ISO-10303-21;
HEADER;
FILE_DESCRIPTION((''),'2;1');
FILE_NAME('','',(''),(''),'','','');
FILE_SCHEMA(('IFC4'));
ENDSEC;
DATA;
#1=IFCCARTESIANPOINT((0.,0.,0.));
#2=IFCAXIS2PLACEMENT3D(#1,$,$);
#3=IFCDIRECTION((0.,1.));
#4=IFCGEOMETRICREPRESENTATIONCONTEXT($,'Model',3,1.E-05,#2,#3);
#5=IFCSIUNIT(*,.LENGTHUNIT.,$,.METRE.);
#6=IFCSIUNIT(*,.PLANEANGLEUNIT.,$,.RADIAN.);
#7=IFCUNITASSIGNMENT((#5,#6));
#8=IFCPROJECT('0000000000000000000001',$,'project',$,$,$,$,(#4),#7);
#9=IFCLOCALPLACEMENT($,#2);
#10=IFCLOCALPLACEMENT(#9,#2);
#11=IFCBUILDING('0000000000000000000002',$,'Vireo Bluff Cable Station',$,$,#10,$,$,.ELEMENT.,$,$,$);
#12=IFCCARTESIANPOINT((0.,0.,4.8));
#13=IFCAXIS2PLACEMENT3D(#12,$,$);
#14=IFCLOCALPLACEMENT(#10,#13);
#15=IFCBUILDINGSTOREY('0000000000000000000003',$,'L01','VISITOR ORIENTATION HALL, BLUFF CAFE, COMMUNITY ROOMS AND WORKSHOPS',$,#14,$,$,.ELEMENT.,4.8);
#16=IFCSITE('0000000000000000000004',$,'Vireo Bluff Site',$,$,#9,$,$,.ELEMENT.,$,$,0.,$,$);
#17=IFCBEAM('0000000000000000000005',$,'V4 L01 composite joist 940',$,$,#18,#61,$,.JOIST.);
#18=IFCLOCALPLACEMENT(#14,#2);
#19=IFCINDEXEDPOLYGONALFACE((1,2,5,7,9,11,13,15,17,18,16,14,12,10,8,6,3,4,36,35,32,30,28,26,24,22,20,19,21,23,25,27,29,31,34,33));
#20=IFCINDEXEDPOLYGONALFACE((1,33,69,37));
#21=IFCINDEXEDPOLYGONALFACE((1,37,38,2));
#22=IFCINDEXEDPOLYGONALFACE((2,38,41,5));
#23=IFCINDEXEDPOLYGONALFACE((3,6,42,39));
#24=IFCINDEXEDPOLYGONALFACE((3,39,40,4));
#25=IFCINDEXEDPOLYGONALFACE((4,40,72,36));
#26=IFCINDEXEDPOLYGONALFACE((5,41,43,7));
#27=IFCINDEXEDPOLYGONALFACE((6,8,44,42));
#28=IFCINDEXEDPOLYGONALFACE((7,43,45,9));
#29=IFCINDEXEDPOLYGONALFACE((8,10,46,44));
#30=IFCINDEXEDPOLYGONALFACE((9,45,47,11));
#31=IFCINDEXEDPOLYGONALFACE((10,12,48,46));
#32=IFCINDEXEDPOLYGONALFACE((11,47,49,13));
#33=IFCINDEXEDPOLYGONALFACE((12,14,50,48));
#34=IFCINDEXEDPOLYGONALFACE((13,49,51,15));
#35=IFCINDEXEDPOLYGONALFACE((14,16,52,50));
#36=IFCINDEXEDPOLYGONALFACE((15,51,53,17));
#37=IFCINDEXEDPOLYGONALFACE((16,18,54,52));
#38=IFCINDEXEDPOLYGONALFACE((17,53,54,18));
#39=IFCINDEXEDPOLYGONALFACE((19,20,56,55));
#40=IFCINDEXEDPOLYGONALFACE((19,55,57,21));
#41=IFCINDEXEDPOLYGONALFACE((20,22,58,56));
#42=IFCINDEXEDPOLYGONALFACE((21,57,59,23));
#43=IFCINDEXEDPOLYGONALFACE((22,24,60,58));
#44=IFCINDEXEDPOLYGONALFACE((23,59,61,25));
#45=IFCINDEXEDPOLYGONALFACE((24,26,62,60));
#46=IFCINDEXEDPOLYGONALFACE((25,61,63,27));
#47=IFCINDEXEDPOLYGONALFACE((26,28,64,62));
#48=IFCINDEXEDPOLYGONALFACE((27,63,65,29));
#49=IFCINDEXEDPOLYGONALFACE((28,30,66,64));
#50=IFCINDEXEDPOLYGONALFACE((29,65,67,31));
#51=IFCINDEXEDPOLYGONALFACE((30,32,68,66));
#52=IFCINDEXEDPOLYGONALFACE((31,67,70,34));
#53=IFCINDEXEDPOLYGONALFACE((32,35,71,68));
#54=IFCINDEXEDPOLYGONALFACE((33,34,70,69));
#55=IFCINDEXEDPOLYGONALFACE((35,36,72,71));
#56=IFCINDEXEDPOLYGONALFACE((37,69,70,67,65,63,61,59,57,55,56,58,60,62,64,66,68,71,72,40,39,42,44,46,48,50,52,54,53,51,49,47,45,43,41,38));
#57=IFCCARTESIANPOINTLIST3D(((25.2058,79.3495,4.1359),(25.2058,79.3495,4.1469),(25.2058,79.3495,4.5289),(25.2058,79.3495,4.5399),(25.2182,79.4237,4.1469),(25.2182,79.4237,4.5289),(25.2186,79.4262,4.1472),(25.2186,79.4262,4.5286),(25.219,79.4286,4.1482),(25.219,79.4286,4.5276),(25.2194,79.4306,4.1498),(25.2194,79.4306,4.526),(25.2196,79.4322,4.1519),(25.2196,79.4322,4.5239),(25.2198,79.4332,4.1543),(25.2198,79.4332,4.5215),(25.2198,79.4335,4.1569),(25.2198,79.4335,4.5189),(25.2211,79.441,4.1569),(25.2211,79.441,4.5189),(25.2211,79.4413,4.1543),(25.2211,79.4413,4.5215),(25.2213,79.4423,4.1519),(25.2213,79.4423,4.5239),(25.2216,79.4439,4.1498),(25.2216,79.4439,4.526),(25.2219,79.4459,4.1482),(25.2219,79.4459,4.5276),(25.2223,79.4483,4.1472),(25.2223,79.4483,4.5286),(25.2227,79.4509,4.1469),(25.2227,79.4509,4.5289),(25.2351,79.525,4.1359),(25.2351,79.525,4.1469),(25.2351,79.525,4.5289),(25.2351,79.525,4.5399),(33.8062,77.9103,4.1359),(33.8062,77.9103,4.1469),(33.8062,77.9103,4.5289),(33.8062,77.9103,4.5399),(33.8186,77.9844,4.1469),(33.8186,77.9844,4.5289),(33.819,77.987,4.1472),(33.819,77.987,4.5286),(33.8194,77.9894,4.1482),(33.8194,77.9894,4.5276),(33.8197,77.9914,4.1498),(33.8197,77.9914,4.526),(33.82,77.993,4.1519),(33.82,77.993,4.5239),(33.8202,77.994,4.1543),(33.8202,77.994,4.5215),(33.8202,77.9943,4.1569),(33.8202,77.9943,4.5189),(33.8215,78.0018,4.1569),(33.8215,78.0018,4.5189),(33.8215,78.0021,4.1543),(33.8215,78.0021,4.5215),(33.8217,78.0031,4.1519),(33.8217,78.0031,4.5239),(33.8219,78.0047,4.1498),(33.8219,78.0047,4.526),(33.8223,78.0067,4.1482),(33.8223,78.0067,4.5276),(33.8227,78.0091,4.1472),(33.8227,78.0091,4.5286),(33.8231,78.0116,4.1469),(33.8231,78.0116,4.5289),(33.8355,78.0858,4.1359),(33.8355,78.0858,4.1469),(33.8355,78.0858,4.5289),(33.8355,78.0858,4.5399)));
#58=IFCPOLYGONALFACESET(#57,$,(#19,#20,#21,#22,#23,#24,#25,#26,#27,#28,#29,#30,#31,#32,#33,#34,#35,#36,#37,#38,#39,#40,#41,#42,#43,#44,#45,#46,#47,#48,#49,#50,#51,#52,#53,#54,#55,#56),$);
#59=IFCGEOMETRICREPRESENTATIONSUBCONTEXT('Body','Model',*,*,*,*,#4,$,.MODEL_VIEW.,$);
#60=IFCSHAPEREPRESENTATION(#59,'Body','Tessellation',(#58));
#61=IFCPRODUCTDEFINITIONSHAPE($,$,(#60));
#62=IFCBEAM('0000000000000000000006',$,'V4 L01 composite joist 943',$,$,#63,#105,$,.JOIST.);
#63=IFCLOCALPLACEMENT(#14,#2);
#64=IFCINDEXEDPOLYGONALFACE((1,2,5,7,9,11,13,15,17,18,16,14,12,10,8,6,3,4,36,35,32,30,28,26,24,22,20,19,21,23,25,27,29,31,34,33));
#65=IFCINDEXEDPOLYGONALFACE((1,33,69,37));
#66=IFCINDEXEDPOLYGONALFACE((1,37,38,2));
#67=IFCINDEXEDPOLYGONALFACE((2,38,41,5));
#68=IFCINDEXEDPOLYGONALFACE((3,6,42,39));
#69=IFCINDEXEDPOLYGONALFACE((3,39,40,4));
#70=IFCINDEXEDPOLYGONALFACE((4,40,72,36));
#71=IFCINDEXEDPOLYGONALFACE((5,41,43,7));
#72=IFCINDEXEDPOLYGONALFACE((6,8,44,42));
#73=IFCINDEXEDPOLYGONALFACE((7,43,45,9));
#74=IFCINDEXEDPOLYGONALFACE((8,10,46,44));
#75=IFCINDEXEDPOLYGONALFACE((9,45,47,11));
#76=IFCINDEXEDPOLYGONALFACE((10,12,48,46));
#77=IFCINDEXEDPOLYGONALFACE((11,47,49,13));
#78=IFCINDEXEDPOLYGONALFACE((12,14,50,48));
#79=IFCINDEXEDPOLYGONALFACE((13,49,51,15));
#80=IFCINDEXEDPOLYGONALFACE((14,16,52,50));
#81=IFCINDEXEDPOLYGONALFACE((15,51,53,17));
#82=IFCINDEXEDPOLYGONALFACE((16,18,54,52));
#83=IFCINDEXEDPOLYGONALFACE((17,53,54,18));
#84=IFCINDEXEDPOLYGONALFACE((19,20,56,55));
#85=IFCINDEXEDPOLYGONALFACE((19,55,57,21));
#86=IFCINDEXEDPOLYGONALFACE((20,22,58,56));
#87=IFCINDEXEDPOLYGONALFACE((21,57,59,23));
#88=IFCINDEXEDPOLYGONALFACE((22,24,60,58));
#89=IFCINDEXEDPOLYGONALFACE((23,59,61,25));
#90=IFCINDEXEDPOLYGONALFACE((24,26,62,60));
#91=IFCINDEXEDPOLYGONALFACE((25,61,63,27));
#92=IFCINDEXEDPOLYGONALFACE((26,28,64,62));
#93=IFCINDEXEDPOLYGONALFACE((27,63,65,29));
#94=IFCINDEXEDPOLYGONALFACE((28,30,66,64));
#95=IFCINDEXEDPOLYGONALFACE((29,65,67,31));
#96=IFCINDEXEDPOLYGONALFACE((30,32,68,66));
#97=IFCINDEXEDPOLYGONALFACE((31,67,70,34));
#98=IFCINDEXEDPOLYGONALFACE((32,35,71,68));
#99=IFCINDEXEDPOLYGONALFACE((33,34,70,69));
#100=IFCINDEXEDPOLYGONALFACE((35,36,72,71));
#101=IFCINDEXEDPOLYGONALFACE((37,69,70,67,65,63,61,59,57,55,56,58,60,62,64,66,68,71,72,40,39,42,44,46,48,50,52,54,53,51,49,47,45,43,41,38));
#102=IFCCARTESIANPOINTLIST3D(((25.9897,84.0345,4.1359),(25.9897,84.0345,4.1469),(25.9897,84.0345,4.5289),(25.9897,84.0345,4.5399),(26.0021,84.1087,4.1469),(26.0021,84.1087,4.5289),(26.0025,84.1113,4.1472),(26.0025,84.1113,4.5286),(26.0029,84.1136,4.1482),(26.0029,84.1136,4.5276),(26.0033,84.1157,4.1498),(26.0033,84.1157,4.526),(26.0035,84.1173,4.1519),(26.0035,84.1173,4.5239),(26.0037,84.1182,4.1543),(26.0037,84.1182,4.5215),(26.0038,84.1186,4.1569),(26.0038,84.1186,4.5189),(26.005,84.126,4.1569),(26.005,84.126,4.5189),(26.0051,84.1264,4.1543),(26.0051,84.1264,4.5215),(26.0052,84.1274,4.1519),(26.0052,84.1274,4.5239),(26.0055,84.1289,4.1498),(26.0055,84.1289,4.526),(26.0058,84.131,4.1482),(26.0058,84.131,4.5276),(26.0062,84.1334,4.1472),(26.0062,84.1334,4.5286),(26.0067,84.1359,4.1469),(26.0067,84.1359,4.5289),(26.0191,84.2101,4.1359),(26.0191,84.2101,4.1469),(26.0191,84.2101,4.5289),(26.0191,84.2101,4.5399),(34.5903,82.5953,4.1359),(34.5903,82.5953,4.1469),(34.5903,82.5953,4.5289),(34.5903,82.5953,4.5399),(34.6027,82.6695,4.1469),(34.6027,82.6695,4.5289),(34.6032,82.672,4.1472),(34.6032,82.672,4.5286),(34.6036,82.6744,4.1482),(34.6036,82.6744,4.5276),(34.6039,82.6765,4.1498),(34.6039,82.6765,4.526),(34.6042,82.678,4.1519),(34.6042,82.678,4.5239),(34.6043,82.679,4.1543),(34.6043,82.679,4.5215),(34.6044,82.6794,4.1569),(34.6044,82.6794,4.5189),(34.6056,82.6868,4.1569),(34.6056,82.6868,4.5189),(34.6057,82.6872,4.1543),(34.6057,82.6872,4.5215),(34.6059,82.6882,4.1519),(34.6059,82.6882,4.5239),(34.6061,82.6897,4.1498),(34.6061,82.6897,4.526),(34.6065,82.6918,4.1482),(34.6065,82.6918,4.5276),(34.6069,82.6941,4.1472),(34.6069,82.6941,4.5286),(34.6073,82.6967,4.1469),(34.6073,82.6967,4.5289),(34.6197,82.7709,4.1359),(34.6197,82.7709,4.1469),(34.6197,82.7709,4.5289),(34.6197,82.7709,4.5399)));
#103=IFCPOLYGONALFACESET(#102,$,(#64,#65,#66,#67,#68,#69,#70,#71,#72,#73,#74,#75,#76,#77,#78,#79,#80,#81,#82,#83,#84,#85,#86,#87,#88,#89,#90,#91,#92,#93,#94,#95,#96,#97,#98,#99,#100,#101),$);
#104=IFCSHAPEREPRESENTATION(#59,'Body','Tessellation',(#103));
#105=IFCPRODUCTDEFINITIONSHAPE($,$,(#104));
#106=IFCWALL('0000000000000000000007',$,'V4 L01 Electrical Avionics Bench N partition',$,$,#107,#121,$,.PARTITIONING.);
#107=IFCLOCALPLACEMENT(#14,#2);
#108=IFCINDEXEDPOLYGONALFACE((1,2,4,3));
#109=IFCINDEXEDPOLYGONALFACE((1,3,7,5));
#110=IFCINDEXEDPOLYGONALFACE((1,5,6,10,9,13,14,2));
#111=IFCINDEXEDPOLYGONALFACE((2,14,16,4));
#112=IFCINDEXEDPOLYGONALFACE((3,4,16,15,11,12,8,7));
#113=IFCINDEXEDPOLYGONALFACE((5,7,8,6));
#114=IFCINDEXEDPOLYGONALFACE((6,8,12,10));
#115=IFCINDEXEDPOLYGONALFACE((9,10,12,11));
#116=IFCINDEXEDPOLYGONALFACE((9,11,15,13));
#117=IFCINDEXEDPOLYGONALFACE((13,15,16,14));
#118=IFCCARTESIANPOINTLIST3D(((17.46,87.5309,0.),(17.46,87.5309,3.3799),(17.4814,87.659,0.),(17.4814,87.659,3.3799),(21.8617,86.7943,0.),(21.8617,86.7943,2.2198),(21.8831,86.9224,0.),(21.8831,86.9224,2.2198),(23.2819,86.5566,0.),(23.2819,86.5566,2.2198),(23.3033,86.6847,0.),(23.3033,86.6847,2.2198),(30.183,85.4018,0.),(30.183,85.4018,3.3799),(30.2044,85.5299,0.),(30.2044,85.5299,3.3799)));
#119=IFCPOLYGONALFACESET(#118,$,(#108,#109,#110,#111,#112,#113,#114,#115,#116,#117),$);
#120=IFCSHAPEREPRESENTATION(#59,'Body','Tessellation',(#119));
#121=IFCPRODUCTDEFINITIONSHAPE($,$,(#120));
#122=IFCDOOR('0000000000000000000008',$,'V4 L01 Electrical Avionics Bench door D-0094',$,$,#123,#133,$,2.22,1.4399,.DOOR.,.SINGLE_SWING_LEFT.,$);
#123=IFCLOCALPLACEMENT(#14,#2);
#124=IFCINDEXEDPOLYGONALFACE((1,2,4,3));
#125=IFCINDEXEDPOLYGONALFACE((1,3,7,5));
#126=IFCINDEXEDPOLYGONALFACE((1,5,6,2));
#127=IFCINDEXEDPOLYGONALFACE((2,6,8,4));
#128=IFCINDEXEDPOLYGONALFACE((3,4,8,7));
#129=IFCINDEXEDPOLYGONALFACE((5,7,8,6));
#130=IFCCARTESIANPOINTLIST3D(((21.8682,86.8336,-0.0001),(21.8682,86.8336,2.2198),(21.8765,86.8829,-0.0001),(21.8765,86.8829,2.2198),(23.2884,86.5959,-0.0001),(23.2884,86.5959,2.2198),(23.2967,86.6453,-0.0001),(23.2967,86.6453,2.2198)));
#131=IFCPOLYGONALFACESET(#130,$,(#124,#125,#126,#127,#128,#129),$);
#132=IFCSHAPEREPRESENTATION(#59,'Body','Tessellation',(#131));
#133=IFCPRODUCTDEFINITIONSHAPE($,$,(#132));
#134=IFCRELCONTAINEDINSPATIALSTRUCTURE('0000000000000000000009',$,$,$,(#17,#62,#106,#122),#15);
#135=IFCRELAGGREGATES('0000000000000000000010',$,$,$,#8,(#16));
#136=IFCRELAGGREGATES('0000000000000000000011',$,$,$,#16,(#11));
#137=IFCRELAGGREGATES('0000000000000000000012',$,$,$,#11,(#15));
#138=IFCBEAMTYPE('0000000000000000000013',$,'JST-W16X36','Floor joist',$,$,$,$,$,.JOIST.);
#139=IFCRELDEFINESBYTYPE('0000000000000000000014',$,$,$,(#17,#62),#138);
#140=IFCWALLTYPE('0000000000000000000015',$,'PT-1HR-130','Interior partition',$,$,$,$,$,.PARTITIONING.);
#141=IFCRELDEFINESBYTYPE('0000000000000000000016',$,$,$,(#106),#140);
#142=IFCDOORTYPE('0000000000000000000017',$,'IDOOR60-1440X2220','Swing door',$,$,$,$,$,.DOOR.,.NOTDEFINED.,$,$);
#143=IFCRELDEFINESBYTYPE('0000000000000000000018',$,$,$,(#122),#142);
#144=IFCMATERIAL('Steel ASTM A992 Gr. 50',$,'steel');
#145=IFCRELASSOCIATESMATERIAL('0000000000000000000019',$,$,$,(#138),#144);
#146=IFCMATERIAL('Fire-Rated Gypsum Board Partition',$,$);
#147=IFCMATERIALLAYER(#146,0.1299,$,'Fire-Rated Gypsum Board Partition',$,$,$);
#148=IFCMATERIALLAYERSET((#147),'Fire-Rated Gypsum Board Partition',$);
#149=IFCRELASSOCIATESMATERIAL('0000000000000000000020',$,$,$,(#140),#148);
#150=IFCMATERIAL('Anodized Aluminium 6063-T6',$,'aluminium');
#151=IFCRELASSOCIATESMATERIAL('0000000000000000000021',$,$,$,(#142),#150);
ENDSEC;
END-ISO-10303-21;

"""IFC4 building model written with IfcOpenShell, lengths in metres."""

from ifc_helpers import new_model, si_unit, direction, frame, frame_2d, origin, origin_with_axes, origin_2d, place, context, subcontext, project, spatial, rectangle, i_section, extrude, material, layer, layer_set, material_profile, profile_set, type_object, element, fill, save


model = new_model("IFC4")

# Units and contexts
model_context = context("Model", 3, precision=1e-05, world=origin(), true_north=direction((0.0, 1.0)))
body_context = subcontext(model_context, "Body", "Model", "MODEL_VIEW")
ifc_project = project(units=[si_unit("LENGTHUNIT", "METRE"), si_unit("PLANEANGLEUNIT", "RADIAN")], contexts=[model_context])

# Site, building, storey
site_placement = place(None, origin())
site = spatial("IfcSite", under=ifc_project, at=site_placement, Name="Vireo Bluff Site", CompositionType="ELEMENT", RefElevation=0.0)
building_placement = place(site_placement, origin())
building = spatial("IfcBuilding", under=site, at=building_placement, Name="Vireo Bluff Cable Station", CompositionType="ELEMENT")
storey_placement = place(building_placement, frame((0.0, 0.0, 4.8)))
storey = spatial("IfcBuildingStorey", under=building, at=storey_placement, Name="L01", Description="VISITOR ORIENTATION HALL, BLUFF CAFE, COMMUNITY ROOMS AND WORKSHOPS", CompositionType="ELEMENT", Elevation=4.8)

# Shared definitions
ifc_material_1 = material(Name="Steel ASTM A992 Gr. 50", Category="steel")

# Shared definitions
ifc_material_2 = material(Name="Anodized Aluminium 6063-T6", Category="aluminium")

# Beams
ifc_material_profile_1 = material_profile(ifc_material_1, i_section(OverallWidth=0.178, OverallDepth=0.4041, WebThickness=0.0076, FlangeThickness=0.011, FilletRadius=0.01, at=origin_2d()), Name="W16X36")
ifc_profile_set_1 = profile_set([ifc_material_profile_1], Name="Steel ASTM A992 Gr. 50")
beam_type_1 = type_object("IfcBeamType", Name="JST-W16X36", Description="Floor joist", PredefinedType="JOIST", material=ifc_profile_set_1)
for number, where, z_axis, x_axis, name in (
    (1, (25.2205, 79.4373, 4.3379), (0.986286, -0.165048, 0.0), (0.165048, 0.986286, 0.0), "V4 L01 composite joist 940"),
):
    element("IfcBeam", number, at=place(storey_placement, frame(where, z_axis=z_axis, x_axis=x_axis)), inside=storey, type_object=beam_type_1, Name=name, PredefinedType="JOIST", context=body_context, shape_type="SweptSolid", body=[
        extrude(i_section(OverallWidth=0.178, OverallDepth=0.4041, WebThickness=0.0076, FlangeThickness=0.011, FilletRadius=0.01, at=origin_2d()), origin(), (0.0, 0.0, 1.0), 8.72),
    ])
beam_1_placement = place(storey_placement, frame((26.0044, 84.1223, 4.3379), z_axis=(0.986286, -0.165044, 0.0), x_axis=(0.165044, 0.986286, 0.0)))
element("IfcBeam", 2, at=beam_1_placement, inside=storey, type_object=beam_type_1, Name="V4 L01 composite joist 943", PredefinedType="JOIST", context=body_context, shape_type="SweptSolid", body=[
    extrude(i_section(OverallWidth=0.178, OverallDepth=0.4041, WebThickness=0.0076, FlangeThickness=0.011, FilletRadius=0.01, at=origin_2d()), origin(), (0.0, 0.0, 1.0), 8.7202),
])

# Wall, opening, door
ifc_material_3 = material(Name="Fire-Rated Gypsum Board Partition")
ifc_layer_1 = layer(ifc_material_3, 0.1299, Name="Fire-Rated Gypsum Board Partition")
ifc_layer_set_1 = layer_set([ifc_layer_1], Name="Fire-Rated Gypsum Board Partition")
wall_type = type_object("IfcWallType", Name="PT-1HR-130", Description="Interior partition", PredefinedType="PARTITIONING", material=ifc_layer_set_1)
wall_placement = place(storey_placement, frame((17.4707, 87.595, 0.0), z_axis=(0.0, 0.0, 1.0), x_axis=(0.986285, -0.165053, 0.0)))
wall = element("IfcWall", 3, at=wall_placement, inside=storey, type_object=wall_type, Name="V4 L01 Electrical Avionics Bench N partition", PredefinedType="PARTITIONING", context=body_context, shape_type="SweptSolid", body=[
    extrude(rectangle(XDim=12.8999, YDim=0.1299, at=frame_2d((6.45, 0.0))), origin(), (0.0, 0.0, 1.0), 3.3799),
])
opening_placement = place(wall_placement, frame((4.4629, 0.0, 0.0)))
opening = element("IfcOpeningElement", 4, at=opening_placement, cuts=wall, PredefinedType="OPENING", context=body_context, shape_type="SweptSolid", body=[
    extrude(rectangle(XDim=1.4399, YDim=2.22, at=frame_2d((0.72, 1.1099))), frame((0.0, 0.075, 0.0), z_axis=(0.0, -1.0, 0.0), x_axis=(1.0, 0.0, 0.0)), (0.0, 0.0, 1.0), 0.1499),
])
door_type = type_object("IfcDoorType", Name="IDOOR60-1440X2220", Description="Swing door", OperationType="NOTDEFINED", PredefinedType="DOOR", material=ifc_material_2)
door_placement = place(opening_placement, origin_with_axes())
door = element("IfcDoor", 5, at=door_placement, inside=storey, type_object=door_type, Name="V4 L01 Electrical Avionics Bench door D-0094", OperationType="SINGLE_SWING_LEFT", OverallHeight=2.22, OverallWidth=1.4399, PredefinedType="DOOR", context=body_context, shape_type="SweptSolid", body=[
    extrude(rectangle(XDim=1.4399, YDim=2.22, at=frame_2d((0.72, 1.1099))), frame((0.0, 0.0249, 0.0), z_axis=(0.0, -1.0, 0.0), x_axis=(1.0, 0.0, 0.0)), (0.0, 0.0, 1.0), 0.05),
])
fill(opening, door)

save(model, "model.ifc")
